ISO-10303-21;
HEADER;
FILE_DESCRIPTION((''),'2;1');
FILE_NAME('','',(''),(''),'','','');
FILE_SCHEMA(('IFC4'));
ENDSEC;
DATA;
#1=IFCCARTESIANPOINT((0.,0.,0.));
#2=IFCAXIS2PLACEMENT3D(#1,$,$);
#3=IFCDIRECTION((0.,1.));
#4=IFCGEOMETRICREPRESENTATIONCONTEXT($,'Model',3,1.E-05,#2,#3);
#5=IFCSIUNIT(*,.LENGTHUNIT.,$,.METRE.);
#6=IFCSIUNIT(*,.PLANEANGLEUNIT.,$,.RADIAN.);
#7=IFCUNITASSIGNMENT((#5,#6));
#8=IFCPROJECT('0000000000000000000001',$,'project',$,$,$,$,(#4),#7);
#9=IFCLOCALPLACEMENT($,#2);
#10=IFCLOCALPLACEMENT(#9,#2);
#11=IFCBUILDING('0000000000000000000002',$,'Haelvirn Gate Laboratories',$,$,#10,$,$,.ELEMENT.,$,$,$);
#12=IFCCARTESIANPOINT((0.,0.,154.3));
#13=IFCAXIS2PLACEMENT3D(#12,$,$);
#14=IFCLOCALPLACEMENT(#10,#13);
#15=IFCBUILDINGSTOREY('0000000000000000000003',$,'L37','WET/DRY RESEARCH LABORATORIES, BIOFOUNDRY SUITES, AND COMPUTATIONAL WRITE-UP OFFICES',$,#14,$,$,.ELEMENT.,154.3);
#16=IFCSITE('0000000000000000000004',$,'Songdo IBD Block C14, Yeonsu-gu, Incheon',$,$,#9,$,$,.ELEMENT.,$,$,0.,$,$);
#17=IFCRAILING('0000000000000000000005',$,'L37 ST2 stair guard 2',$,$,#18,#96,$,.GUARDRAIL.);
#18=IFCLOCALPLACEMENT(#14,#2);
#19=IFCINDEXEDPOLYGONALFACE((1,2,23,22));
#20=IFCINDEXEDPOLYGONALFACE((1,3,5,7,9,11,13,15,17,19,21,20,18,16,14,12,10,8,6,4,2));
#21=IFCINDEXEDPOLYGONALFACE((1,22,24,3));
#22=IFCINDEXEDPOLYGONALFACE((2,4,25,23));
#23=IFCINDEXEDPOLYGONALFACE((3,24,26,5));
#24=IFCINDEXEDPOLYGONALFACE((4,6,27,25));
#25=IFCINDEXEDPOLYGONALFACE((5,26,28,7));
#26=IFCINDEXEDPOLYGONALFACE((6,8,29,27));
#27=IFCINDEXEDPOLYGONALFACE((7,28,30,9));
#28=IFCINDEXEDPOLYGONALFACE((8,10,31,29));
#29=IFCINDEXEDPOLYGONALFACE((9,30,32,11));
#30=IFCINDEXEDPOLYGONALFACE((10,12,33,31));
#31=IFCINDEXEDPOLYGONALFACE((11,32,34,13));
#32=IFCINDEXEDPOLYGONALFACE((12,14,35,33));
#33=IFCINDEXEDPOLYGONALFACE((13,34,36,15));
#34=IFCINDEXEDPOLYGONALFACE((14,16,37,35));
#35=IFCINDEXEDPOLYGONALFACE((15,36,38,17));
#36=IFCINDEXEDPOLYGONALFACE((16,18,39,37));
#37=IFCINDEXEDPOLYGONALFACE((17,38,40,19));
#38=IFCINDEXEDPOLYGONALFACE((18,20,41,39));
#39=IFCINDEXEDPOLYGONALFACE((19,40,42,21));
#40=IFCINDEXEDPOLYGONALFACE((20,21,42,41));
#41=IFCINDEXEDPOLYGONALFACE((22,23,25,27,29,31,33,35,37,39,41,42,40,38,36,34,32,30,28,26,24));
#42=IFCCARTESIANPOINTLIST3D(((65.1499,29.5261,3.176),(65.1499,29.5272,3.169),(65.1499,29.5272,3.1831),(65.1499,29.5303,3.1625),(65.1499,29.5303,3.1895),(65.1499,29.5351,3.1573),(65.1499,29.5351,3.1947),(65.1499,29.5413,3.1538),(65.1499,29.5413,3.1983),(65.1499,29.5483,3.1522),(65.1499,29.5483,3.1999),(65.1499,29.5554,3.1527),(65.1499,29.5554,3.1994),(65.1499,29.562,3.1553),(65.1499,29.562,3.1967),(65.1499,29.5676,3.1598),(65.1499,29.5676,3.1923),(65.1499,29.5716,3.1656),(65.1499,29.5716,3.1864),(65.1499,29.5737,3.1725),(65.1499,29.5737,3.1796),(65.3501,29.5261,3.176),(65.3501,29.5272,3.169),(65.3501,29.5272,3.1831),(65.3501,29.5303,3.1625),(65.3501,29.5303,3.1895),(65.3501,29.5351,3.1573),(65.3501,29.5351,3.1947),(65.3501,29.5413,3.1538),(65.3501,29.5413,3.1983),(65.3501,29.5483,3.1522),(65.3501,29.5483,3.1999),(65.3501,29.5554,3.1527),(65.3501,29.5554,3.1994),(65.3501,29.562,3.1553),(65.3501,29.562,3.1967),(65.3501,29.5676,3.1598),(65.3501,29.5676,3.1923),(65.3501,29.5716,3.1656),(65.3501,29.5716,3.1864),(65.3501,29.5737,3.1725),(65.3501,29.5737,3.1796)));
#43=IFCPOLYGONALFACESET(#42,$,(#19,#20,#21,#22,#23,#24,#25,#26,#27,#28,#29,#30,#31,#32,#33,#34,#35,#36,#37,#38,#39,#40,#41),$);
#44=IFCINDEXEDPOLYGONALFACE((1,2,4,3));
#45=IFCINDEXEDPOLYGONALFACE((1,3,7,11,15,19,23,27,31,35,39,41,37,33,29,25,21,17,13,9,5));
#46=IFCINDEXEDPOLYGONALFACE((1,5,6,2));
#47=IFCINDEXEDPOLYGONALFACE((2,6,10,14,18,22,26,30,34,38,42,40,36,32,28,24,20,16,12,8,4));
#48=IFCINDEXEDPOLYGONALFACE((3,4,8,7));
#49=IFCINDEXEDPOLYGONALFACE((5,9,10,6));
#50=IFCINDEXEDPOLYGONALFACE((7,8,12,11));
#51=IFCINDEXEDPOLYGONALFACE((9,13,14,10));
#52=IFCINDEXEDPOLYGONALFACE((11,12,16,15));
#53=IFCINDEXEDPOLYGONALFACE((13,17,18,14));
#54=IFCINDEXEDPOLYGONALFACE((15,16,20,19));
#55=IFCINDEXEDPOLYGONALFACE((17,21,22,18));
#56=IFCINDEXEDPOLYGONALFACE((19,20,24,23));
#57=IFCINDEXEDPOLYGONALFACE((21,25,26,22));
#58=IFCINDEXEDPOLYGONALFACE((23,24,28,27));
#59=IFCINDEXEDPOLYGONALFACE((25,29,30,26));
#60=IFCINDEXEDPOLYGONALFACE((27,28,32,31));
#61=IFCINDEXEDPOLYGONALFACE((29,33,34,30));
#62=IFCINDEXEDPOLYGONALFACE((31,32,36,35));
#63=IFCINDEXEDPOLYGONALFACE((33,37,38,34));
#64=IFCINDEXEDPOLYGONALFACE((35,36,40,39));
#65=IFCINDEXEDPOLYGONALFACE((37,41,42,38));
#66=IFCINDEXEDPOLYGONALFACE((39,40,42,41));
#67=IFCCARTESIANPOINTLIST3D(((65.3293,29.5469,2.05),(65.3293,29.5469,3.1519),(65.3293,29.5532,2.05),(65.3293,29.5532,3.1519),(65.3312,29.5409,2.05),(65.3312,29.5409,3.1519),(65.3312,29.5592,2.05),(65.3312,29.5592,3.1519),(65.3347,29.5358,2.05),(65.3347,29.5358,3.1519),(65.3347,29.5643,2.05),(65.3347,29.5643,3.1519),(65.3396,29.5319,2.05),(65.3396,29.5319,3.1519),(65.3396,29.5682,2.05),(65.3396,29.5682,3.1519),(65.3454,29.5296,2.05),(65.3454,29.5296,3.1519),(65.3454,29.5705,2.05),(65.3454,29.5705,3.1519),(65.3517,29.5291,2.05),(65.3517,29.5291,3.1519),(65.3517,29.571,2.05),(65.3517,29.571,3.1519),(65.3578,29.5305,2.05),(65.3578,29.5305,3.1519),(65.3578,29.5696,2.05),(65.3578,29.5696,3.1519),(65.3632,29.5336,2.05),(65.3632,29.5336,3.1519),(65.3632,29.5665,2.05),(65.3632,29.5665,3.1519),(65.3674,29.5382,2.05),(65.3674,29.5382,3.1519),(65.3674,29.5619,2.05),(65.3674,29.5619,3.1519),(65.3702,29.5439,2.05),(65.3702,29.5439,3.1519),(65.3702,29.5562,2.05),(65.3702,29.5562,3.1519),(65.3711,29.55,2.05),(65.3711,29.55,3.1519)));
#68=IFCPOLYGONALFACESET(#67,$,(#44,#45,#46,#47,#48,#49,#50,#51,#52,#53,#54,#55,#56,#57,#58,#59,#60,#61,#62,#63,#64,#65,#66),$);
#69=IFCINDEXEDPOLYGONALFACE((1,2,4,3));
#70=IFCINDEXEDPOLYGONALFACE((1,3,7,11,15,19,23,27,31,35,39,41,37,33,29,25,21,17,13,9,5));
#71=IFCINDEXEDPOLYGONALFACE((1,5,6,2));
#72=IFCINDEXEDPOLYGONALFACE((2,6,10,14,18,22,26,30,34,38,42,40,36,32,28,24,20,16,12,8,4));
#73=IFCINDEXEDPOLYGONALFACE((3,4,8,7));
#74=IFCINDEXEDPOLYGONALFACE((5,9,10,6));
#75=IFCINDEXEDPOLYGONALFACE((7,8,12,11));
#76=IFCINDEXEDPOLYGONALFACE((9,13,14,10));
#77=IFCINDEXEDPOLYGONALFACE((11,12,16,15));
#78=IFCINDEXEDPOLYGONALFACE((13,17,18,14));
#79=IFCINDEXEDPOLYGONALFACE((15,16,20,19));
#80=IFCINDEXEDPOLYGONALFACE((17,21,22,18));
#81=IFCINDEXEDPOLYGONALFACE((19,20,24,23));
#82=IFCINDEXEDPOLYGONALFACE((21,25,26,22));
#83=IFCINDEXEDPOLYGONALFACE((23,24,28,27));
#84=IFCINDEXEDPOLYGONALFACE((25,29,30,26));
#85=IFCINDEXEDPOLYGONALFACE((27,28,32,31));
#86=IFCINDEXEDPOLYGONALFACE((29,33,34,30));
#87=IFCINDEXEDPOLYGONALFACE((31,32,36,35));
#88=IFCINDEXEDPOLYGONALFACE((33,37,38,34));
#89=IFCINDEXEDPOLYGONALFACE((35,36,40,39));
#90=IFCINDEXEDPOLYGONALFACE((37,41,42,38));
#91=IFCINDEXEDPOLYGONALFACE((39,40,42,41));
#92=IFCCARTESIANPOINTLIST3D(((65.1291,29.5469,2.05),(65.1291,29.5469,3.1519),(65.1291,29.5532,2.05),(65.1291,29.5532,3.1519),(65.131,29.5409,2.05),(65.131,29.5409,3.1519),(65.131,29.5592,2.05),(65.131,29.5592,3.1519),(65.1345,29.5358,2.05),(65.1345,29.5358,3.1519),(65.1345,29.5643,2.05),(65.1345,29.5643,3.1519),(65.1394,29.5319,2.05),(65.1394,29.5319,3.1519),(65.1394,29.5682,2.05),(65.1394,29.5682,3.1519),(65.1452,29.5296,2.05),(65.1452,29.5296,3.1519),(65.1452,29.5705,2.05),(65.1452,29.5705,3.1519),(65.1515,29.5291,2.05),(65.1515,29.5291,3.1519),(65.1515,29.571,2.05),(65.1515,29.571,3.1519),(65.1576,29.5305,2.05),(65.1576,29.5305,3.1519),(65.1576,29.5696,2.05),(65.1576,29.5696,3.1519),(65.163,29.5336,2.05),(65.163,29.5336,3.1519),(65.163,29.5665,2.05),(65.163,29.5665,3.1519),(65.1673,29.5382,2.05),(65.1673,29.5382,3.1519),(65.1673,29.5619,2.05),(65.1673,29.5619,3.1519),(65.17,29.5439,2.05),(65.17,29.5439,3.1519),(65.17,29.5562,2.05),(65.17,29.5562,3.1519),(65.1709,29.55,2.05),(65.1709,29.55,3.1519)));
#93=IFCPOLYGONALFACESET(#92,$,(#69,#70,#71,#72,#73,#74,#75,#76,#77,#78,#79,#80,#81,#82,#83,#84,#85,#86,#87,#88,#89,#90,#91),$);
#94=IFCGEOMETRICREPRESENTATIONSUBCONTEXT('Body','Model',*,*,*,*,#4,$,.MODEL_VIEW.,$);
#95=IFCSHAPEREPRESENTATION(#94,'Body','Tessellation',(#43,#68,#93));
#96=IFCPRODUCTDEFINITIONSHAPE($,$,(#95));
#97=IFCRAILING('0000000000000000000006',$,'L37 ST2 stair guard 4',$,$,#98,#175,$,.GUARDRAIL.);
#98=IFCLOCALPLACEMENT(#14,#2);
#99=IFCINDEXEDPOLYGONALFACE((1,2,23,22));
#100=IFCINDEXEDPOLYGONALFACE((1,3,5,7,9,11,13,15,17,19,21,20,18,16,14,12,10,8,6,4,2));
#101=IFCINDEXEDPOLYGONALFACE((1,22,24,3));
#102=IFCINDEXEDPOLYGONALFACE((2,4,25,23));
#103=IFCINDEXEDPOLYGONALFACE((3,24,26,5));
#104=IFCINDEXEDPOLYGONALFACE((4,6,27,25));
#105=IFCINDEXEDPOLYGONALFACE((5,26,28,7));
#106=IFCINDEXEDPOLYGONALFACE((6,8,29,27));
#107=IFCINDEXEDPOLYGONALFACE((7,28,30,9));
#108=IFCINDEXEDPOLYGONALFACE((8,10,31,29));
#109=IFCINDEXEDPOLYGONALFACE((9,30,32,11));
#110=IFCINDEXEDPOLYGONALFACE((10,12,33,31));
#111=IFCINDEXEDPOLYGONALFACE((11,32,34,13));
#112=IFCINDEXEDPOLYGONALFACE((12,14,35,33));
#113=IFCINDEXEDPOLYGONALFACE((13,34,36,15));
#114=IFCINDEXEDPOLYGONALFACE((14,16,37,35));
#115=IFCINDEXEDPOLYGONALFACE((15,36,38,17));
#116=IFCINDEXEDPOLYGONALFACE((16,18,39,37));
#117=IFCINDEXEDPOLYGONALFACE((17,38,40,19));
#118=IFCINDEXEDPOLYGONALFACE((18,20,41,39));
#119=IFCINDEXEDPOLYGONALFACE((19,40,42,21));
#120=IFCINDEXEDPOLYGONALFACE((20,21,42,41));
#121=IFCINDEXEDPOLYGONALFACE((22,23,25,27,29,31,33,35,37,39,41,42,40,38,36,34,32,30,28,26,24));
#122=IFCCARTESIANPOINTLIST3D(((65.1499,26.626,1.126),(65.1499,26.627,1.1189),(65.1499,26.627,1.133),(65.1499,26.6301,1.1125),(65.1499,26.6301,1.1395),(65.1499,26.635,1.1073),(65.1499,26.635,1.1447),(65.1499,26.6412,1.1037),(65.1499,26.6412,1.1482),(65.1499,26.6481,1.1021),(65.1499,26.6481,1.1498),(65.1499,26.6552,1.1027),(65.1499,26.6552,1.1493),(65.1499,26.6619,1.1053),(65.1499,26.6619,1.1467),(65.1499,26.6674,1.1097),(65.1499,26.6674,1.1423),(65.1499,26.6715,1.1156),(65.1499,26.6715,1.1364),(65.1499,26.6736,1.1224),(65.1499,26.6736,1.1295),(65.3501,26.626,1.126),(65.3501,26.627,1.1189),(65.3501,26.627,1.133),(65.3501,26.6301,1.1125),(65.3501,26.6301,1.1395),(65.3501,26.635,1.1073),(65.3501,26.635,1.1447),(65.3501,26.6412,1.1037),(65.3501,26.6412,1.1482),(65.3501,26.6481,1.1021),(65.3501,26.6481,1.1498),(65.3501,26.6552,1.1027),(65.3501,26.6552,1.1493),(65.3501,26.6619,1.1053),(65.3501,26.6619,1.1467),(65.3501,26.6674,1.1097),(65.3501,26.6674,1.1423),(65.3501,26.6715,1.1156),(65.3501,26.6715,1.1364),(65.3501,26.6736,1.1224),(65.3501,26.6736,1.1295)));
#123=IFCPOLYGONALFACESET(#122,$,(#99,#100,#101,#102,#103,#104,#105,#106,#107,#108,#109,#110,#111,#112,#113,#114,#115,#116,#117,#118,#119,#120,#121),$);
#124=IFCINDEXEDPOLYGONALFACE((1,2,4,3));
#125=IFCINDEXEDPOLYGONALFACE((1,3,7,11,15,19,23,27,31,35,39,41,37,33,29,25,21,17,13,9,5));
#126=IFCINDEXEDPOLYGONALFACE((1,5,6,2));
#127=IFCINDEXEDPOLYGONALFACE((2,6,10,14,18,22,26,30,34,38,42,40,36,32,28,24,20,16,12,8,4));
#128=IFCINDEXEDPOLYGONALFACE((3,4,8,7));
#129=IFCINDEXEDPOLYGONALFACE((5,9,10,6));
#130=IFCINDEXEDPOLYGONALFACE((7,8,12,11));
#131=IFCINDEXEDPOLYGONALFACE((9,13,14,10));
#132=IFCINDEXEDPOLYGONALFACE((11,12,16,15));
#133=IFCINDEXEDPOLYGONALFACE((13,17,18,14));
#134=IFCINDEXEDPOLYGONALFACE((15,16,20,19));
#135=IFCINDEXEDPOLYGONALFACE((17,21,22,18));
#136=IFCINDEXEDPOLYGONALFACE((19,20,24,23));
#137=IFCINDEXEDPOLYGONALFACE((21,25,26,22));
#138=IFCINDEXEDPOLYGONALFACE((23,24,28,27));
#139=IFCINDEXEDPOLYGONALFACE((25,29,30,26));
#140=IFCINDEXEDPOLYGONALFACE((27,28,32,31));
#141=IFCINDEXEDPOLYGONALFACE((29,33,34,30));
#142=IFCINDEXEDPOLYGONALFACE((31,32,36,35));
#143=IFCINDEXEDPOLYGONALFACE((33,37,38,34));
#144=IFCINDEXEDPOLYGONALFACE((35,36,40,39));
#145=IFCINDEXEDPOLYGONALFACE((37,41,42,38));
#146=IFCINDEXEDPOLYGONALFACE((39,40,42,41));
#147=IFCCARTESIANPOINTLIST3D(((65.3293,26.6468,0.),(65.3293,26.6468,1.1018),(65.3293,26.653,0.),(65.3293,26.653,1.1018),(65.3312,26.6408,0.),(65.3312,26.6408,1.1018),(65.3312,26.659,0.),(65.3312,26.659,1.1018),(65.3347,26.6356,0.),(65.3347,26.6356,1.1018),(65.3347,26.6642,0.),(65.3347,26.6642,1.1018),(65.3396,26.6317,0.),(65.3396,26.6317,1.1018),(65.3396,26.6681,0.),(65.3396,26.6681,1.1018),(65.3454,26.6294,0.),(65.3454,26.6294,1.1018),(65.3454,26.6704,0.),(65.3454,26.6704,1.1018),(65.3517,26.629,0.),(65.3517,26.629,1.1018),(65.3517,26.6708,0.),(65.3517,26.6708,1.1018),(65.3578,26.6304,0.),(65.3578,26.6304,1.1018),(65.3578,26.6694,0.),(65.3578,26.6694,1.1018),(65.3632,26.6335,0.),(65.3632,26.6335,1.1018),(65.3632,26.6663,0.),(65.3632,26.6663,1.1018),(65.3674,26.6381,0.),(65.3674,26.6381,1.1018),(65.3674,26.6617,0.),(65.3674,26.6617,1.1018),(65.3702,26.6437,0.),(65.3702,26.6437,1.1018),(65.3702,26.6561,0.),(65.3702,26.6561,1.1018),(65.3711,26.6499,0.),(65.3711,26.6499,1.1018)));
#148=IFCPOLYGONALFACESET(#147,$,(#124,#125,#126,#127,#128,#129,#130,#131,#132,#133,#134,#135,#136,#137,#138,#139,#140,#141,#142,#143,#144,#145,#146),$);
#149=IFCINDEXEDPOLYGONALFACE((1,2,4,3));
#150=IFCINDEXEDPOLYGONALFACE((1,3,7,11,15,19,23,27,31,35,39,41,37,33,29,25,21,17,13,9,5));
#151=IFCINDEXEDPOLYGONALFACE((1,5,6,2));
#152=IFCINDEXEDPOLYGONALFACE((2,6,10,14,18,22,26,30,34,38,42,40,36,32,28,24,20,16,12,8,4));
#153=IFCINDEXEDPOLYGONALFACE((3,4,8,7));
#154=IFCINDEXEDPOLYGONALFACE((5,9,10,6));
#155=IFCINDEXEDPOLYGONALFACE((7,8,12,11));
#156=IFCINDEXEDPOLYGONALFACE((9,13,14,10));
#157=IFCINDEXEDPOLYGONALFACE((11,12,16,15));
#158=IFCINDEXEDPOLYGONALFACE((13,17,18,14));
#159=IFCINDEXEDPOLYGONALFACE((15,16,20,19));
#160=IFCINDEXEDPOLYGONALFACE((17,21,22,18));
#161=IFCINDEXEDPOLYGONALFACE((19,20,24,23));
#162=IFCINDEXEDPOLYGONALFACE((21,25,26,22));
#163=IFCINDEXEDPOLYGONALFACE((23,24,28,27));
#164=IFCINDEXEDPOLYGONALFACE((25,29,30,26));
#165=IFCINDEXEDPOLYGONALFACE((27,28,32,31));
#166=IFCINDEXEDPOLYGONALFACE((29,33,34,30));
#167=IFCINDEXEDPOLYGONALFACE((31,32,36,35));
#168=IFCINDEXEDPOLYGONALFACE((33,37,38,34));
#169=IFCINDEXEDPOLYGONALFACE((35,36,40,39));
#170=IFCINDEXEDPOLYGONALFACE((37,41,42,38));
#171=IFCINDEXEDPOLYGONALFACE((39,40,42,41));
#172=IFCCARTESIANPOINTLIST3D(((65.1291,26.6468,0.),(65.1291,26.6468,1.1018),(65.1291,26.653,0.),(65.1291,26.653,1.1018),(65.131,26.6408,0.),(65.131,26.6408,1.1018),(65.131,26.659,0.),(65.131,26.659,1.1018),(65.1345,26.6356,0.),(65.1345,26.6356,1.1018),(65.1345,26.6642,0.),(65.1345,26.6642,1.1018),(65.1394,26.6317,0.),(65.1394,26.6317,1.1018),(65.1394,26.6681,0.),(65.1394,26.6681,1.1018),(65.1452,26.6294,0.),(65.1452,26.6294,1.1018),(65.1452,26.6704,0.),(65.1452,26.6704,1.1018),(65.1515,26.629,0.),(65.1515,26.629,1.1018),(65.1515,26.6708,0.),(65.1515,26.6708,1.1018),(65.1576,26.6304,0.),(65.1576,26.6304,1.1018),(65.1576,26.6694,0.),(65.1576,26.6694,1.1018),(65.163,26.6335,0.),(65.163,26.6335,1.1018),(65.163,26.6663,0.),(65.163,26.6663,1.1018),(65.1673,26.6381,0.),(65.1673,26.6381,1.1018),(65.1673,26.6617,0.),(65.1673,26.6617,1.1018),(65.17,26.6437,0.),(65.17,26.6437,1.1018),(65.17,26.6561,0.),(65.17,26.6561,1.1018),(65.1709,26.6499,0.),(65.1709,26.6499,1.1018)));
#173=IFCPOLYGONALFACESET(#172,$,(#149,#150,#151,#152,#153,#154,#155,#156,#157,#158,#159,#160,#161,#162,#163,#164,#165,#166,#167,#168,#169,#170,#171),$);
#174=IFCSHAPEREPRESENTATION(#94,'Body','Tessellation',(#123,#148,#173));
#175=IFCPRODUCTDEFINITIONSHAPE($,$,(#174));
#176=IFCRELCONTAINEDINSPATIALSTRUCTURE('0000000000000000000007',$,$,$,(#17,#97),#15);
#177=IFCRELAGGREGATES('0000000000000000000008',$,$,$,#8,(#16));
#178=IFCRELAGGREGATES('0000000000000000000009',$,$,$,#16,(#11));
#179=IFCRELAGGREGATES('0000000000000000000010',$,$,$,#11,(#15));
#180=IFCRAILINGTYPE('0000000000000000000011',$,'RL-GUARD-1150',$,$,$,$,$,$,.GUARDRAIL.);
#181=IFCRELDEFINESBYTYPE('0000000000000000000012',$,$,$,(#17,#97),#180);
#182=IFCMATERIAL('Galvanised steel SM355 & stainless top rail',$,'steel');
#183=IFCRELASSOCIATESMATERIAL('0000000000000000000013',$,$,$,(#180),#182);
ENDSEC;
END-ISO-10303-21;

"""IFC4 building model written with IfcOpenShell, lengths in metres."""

from ifc_helpers import new_model, si_unit, direction, frame, origin, origin_2d, place, context, subcontext, project, spatial, circle, extrude, source, transform, mapped, material, type_object, element, save


model = new_model("IFC4")

# Units and contexts
model_context = context("Model", 3, precision=1e-05, world=origin(), true_north=direction((0.0, 1.0)))
body_context = subcontext(model_context, "Body", "Model", "MODEL_VIEW")
ifc_project = project(units=[si_unit("LENGTHUNIT", "METRE"), si_unit("PLANEANGLEUNIT", "RADIAN")], contexts=[model_context])

# Site, building, storey
site_placement = place(None, origin())
site = spatial("IfcSite", under=ifc_project, at=site_placement, Name="Songdo IBD Block C14, Yeonsu-gu, Incheon", CompositionType="ELEMENT", RefElevation=0.0)
building_placement = place(site_placement, origin())
building = spatial("IfcBuilding", under=site, at=building_placement, Name="Haelvirn Gate Laboratories", CompositionType="ELEMENT")
storey_placement = place(building_placement, frame((0.0, 0.0, 154.3)))
storey = spatial("IfcBuildingStorey", under=building, at=storey_placement, Name="L37", Description="WET/DRY RESEARCH LABORATORIES, BIOFOUNDRY SUITES, AND COMPUTATIONAL WRITE-UP OFFICES", CompositionType="ELEMENT", Elevation=154.3)

# Railings
ifc_material_1 = material(Name="Galvanised steel SM355 & stainless top rail", Category="steel")
railing_type_1 = type_object("IfcRailingType", Name="RL-GUARD-1150", PredefinedType="GUARDRAIL", material=ifc_material_1)
shared_shape_1 = source(origin(), body_context, "Body", "SweptSolid", [
    extrude(circle(Radius=0.0239, at=origin_2d()), frame((0.0, 0.0, 1.126), z_axis=(-1.0, 0.0, 0.0), x_axis=(0.0, -1.0, 0.0)), (0.0, 0.0, 1.0), 0.2002),
    extrude(circle(Radius=0.021, at=origin_2d()), origin(), (0.0, 0.0, 1.0), 1.1018),
    extrude(circle(Radius=0.021, at=origin_2d()), frame((-0.2002, 0.0, 0.0)), (0.0, 0.0, 1.0), 1.1018),
])
for number, where, name in (
    (1, (65.3501, 29.55, 2.05), "L37 ST2 stair guard 2"),
    (2, (65.3501, 26.6499, 0.0), "L37 ST2 stair guard 4"),
):
    element("IfcRailing", number, at=place(storey_placement, frame(where)), inside=storey, type_object=railing_type_1, Name=name, PredefinedType="GUARDRAIL", context=body_context, shape_type="MappedRepresentation", body=[
        mapped(shared_shape_1, transform((0.0, 0.0, 0.0), scale=1.0)),
    ])

save(model, "model.ifc")
